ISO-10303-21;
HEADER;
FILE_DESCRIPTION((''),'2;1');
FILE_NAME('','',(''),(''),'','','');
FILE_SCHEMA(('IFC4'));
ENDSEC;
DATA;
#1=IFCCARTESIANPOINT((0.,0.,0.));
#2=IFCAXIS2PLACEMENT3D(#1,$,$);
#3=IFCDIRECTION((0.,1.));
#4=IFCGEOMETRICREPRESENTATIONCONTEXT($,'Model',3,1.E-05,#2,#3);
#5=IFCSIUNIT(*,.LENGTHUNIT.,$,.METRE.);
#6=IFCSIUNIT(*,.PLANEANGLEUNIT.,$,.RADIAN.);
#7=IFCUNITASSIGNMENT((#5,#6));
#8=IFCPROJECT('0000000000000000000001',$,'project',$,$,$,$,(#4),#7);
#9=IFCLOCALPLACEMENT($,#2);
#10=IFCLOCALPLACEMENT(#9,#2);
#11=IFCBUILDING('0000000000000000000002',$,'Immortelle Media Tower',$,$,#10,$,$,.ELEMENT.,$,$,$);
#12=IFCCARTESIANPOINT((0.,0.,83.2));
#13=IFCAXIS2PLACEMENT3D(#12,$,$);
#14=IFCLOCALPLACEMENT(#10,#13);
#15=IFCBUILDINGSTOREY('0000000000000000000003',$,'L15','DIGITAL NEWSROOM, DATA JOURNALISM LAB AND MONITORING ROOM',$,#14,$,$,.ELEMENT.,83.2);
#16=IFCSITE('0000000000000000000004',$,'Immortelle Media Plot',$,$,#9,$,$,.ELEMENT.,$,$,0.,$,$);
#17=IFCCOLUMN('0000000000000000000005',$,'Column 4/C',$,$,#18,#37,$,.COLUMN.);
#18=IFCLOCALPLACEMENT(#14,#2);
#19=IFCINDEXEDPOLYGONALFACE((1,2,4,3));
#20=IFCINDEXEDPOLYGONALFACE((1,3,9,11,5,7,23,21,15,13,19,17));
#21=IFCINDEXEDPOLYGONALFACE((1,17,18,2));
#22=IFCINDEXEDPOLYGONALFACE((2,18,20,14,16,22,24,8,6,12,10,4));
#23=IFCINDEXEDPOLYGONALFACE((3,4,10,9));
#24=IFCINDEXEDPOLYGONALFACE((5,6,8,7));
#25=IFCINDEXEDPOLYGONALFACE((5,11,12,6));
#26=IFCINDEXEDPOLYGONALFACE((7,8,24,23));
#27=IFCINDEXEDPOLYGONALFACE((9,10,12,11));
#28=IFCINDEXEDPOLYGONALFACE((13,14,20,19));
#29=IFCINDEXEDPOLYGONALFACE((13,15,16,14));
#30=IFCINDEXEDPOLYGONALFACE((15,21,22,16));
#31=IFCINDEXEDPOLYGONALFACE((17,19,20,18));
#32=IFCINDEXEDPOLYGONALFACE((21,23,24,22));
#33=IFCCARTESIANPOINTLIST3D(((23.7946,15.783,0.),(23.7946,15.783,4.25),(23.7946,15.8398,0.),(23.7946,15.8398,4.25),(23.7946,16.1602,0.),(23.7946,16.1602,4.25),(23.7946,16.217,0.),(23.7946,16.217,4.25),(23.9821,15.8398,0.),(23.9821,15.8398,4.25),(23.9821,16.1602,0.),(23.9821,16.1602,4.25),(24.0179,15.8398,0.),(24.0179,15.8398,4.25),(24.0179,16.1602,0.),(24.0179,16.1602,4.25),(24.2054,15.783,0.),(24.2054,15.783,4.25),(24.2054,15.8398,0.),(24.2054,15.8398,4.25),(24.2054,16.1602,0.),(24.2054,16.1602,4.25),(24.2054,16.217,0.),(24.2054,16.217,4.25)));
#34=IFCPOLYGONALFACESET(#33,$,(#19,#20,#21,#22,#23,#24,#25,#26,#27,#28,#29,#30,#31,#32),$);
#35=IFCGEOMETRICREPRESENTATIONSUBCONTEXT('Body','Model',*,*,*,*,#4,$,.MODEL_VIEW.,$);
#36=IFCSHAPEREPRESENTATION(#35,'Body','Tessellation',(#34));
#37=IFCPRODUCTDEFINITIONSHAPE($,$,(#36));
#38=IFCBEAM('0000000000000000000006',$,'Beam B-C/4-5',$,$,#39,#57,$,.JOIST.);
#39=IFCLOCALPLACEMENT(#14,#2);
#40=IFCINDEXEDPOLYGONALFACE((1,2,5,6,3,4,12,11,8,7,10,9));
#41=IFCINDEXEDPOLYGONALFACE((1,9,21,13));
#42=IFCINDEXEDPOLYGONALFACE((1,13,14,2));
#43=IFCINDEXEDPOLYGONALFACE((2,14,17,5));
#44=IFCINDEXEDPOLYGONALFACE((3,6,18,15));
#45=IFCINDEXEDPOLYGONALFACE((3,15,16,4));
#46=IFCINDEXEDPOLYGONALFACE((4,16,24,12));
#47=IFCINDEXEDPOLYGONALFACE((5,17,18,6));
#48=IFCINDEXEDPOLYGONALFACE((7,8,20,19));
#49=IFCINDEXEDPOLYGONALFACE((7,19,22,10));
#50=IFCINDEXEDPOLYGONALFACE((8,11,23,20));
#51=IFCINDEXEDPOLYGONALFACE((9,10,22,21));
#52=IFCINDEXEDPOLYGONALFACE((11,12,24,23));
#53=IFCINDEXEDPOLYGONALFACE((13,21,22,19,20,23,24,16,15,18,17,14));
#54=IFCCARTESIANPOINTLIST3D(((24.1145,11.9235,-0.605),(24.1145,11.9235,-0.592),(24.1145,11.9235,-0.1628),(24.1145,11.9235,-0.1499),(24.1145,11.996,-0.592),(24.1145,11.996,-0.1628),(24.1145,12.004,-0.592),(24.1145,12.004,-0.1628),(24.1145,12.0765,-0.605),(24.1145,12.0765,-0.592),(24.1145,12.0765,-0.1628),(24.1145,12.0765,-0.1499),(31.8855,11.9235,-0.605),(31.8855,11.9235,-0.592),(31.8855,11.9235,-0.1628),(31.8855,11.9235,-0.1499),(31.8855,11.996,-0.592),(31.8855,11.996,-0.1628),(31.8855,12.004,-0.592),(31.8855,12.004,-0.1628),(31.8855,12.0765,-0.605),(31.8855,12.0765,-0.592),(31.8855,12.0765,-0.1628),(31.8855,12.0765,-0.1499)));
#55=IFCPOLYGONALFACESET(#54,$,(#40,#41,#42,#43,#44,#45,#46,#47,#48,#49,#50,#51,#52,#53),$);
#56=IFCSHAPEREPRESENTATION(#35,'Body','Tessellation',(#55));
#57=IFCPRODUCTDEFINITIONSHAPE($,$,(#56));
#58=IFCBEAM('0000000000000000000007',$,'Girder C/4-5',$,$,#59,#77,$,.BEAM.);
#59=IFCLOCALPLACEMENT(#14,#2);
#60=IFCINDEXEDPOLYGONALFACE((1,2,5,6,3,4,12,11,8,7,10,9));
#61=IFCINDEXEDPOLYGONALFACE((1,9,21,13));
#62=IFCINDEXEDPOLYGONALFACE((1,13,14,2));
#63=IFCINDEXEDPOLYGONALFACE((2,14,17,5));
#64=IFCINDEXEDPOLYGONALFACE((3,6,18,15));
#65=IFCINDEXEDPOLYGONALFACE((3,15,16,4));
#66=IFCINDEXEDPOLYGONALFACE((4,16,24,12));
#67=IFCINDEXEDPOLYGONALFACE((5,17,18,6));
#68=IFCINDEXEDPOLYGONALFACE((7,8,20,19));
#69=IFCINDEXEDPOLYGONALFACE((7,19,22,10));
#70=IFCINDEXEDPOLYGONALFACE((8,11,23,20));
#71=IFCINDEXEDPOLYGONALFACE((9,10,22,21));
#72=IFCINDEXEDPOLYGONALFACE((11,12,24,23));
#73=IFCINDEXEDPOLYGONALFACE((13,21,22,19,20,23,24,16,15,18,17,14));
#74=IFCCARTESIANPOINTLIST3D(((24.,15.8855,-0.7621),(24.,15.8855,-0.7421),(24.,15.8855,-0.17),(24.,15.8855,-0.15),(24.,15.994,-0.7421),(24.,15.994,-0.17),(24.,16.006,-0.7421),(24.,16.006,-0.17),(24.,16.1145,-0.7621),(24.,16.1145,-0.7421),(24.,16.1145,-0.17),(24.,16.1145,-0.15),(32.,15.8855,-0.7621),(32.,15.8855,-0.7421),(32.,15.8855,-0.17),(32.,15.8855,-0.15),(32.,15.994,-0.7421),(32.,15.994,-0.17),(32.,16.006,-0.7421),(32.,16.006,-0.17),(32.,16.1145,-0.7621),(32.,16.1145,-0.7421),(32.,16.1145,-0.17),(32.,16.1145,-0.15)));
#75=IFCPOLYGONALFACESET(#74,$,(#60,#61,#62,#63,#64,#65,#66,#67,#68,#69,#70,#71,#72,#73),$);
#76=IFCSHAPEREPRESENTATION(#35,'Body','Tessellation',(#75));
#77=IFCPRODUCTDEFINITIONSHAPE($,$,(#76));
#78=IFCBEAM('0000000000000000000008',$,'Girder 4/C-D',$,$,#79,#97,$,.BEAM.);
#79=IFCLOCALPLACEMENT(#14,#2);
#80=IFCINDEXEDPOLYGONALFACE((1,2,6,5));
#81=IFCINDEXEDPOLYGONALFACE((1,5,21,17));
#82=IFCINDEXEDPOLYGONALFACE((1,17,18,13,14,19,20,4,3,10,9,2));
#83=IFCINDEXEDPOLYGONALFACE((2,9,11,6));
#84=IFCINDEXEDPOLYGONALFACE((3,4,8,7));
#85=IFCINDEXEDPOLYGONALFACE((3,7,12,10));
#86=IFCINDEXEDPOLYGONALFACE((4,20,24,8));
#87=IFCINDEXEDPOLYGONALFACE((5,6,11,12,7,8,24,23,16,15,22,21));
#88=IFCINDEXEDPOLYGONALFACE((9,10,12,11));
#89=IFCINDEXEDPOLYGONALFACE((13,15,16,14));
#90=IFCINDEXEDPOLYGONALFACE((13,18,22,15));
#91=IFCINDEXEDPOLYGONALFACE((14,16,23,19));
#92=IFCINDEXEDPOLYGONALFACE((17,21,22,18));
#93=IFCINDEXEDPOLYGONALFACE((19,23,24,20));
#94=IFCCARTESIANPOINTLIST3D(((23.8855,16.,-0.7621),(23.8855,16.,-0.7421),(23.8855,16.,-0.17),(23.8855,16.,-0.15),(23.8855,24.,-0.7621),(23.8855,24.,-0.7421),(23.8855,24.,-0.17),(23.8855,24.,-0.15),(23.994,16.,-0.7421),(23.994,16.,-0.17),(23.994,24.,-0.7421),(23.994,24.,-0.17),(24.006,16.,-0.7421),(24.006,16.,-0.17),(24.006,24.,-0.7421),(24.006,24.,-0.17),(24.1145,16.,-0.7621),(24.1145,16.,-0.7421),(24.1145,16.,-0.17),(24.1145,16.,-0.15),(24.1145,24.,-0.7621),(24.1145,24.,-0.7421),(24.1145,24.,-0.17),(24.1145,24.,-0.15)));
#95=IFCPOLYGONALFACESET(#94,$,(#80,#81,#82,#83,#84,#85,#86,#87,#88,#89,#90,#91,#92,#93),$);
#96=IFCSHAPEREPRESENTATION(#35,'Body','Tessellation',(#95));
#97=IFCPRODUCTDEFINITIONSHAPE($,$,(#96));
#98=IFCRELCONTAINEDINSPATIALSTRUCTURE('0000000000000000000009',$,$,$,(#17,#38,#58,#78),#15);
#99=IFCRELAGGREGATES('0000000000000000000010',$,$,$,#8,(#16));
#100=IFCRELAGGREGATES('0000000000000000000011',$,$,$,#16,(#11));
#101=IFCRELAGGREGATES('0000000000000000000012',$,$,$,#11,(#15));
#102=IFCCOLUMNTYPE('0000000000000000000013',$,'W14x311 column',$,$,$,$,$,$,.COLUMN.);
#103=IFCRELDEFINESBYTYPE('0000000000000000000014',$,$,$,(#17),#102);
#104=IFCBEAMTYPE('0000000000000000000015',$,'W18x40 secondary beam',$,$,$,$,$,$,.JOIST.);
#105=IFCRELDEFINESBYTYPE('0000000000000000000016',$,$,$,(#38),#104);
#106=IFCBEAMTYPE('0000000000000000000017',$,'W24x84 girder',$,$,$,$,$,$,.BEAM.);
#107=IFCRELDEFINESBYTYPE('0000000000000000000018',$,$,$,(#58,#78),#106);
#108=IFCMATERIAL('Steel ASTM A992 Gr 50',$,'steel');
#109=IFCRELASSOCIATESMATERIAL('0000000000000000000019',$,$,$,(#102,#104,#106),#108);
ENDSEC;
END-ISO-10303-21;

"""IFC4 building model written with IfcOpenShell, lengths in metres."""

from ifc_helpers import new_model, si_unit, direction, frame, origin, origin_2d, place, context, subcontext, project, spatial, i_section, extrude, material, material_profile, profile_set, type_object, element, save


model = new_model("IFC4")

# Units and contexts
model_context = context("Model", 3, precision=1e-05, world=origin(), true_north=direction((0.0, 1.0)))
body_context = subcontext(model_context, "Body", "Model", "MODEL_VIEW")
ifc_project = project(units=[si_unit("LENGTHUNIT", "METRE"), si_unit("PLANEANGLEUNIT", "RADIAN")], contexts=[model_context])

# Site, building, storey
site_placement = place(None, origin())
site = spatial("IfcSite", under=ifc_project, at=site_placement, Name="Immortelle Media Plot", CompositionType="ELEMENT", RefElevation=0.0)
building_placement = place(site_placement, origin())
building = spatial("IfcBuilding", under=site, at=building_placement, Name="Immortelle Media Tower", CompositionType="ELEMENT")
storey_placement = place(building_placement, frame((0.0, 0.0, 83.2)))
storey = spatial("IfcBuildingStorey", under=building, at=storey_placement, Name="L15", Description="DIGITAL NEWSROOM, DATA JOURNALISM LAB AND MONITORING ROOM", CompositionType="ELEMENT", Elevation=83.2)

# Column
ifc_material_1 = material(Name="Steel ASTM A992 Gr 50", Category="steel")
ifc_material_profile_1 = material_profile(ifc_material_1, i_section(OverallWidth=0.4109, OverallDepth=0.4341, WebThickness=0.0359, FlangeThickness=0.0569, at=origin_2d()), Name="W14x311")
ifc_profile_set_1 = profile_set([ifc_material_profile_1], Name="Steel ASTM A992 Gr 50")
column_type = type_object("IfcColumnType", Name="W14x311 column", PredefinedType="COLUMN", material=ifc_profile_set_1)
column_placement = place(storey_placement, frame((24.0, 16.0, 0.0), z_axis=(0.0, 0.0, 1.0), x_axis=(1.0, 0.0, 0.0)))
element("IfcColumn", 1, at=column_placement, inside=storey, type_object=column_type, Name="Column 4/C", PredefinedType="COLUMN", context=body_context, shape_type="SweptSolid", body=[
    extrude(i_section(OverallWidth=0.4109, OverallDepth=0.4341, WebThickness=0.0359, FlangeThickness=0.0569, at=origin_2d()), origin(), (0.0, 0.0, 1.0), 4.25),
])

# Beams
ifc_material_profile_2 = material_profile(ifc_material_1, i_section(OverallWidth=0.1531, OverallDepth=0.4551, WebThickness=0.0081, FlangeThickness=0.0129, at=origin_2d()), Name="W18x40")
ifc_profile_set_2 = profile_set([ifc_material_profile_2], Name="Steel ASTM A992 Gr 50")
beam_type_1 = type_object("IfcBeamType", Name="W18x40 secondary beam", PredefinedType="JOIST", material=ifc_profile_set_2)
beam_placement = place(storey_placement, frame((24.1145, 12.0, -0.3774), z_axis=(1.0, 0.0, 0.0), x_axis=(0.0, 1.0, 0.0)))
element("IfcBeam", 2, at=beam_placement, inside=storey, type_object=beam_type_1, Name="Beam B-C/4-5", PredefinedType="JOIST", context=body_context, shape_type="SweptSolid", body=[
    extrude(i_section(OverallWidth=0.1531, OverallDepth=0.4551, WebThickness=0.0081, FlangeThickness=0.0129, at=origin_2d()), origin(), (0.0, 0.0, 1.0), 7.771),
])
ifc_material_profile_3 = material_profile(ifc_material_1, i_section(OverallWidth=0.229, OverallDepth=0.6121, WebThickness=0.012, FlangeThickness=0.02, at=origin_2d()), Name="W24x84")
ifc_profile_set_3 = profile_set([ifc_material_profile_3], Name="Steel ASTM A992 Gr 50")
beam_type_2 = type_object("IfcBeamType", Name="W24x84 girder", PredefinedType="BEAM", material=ifc_profile_set_3)
for number, where, z_axis, x_axis, name in (
    (3, (24.0, 16.0, -0.4561), (1.0, 0.0, 0.0), (0.0, 1.0, 0.0), "Girder C/4-5"),
    (4, (24.0, 16.0, -0.4561), (0.0, 1.0, 0.0), (-1.0, 0.0, 0.0), "Girder 4/C-D"),
):
    element("IfcBeam", number, at=place(storey_placement, frame(where, z_axis=z_axis, x_axis=x_axis)), inside=storey, type_object=beam_type_2, Name=name, PredefinedType="BEAM", context=body_context, shape_type="SweptSolid", body=[
        extrude(i_section(OverallWidth=0.229, OverallDepth=0.6121, WebThickness=0.012, FlangeThickness=0.02, at=origin_2d()), origin(), (0.0, 0.0, 1.0), 8.0),
    ])

save(model, "model.ifc")
